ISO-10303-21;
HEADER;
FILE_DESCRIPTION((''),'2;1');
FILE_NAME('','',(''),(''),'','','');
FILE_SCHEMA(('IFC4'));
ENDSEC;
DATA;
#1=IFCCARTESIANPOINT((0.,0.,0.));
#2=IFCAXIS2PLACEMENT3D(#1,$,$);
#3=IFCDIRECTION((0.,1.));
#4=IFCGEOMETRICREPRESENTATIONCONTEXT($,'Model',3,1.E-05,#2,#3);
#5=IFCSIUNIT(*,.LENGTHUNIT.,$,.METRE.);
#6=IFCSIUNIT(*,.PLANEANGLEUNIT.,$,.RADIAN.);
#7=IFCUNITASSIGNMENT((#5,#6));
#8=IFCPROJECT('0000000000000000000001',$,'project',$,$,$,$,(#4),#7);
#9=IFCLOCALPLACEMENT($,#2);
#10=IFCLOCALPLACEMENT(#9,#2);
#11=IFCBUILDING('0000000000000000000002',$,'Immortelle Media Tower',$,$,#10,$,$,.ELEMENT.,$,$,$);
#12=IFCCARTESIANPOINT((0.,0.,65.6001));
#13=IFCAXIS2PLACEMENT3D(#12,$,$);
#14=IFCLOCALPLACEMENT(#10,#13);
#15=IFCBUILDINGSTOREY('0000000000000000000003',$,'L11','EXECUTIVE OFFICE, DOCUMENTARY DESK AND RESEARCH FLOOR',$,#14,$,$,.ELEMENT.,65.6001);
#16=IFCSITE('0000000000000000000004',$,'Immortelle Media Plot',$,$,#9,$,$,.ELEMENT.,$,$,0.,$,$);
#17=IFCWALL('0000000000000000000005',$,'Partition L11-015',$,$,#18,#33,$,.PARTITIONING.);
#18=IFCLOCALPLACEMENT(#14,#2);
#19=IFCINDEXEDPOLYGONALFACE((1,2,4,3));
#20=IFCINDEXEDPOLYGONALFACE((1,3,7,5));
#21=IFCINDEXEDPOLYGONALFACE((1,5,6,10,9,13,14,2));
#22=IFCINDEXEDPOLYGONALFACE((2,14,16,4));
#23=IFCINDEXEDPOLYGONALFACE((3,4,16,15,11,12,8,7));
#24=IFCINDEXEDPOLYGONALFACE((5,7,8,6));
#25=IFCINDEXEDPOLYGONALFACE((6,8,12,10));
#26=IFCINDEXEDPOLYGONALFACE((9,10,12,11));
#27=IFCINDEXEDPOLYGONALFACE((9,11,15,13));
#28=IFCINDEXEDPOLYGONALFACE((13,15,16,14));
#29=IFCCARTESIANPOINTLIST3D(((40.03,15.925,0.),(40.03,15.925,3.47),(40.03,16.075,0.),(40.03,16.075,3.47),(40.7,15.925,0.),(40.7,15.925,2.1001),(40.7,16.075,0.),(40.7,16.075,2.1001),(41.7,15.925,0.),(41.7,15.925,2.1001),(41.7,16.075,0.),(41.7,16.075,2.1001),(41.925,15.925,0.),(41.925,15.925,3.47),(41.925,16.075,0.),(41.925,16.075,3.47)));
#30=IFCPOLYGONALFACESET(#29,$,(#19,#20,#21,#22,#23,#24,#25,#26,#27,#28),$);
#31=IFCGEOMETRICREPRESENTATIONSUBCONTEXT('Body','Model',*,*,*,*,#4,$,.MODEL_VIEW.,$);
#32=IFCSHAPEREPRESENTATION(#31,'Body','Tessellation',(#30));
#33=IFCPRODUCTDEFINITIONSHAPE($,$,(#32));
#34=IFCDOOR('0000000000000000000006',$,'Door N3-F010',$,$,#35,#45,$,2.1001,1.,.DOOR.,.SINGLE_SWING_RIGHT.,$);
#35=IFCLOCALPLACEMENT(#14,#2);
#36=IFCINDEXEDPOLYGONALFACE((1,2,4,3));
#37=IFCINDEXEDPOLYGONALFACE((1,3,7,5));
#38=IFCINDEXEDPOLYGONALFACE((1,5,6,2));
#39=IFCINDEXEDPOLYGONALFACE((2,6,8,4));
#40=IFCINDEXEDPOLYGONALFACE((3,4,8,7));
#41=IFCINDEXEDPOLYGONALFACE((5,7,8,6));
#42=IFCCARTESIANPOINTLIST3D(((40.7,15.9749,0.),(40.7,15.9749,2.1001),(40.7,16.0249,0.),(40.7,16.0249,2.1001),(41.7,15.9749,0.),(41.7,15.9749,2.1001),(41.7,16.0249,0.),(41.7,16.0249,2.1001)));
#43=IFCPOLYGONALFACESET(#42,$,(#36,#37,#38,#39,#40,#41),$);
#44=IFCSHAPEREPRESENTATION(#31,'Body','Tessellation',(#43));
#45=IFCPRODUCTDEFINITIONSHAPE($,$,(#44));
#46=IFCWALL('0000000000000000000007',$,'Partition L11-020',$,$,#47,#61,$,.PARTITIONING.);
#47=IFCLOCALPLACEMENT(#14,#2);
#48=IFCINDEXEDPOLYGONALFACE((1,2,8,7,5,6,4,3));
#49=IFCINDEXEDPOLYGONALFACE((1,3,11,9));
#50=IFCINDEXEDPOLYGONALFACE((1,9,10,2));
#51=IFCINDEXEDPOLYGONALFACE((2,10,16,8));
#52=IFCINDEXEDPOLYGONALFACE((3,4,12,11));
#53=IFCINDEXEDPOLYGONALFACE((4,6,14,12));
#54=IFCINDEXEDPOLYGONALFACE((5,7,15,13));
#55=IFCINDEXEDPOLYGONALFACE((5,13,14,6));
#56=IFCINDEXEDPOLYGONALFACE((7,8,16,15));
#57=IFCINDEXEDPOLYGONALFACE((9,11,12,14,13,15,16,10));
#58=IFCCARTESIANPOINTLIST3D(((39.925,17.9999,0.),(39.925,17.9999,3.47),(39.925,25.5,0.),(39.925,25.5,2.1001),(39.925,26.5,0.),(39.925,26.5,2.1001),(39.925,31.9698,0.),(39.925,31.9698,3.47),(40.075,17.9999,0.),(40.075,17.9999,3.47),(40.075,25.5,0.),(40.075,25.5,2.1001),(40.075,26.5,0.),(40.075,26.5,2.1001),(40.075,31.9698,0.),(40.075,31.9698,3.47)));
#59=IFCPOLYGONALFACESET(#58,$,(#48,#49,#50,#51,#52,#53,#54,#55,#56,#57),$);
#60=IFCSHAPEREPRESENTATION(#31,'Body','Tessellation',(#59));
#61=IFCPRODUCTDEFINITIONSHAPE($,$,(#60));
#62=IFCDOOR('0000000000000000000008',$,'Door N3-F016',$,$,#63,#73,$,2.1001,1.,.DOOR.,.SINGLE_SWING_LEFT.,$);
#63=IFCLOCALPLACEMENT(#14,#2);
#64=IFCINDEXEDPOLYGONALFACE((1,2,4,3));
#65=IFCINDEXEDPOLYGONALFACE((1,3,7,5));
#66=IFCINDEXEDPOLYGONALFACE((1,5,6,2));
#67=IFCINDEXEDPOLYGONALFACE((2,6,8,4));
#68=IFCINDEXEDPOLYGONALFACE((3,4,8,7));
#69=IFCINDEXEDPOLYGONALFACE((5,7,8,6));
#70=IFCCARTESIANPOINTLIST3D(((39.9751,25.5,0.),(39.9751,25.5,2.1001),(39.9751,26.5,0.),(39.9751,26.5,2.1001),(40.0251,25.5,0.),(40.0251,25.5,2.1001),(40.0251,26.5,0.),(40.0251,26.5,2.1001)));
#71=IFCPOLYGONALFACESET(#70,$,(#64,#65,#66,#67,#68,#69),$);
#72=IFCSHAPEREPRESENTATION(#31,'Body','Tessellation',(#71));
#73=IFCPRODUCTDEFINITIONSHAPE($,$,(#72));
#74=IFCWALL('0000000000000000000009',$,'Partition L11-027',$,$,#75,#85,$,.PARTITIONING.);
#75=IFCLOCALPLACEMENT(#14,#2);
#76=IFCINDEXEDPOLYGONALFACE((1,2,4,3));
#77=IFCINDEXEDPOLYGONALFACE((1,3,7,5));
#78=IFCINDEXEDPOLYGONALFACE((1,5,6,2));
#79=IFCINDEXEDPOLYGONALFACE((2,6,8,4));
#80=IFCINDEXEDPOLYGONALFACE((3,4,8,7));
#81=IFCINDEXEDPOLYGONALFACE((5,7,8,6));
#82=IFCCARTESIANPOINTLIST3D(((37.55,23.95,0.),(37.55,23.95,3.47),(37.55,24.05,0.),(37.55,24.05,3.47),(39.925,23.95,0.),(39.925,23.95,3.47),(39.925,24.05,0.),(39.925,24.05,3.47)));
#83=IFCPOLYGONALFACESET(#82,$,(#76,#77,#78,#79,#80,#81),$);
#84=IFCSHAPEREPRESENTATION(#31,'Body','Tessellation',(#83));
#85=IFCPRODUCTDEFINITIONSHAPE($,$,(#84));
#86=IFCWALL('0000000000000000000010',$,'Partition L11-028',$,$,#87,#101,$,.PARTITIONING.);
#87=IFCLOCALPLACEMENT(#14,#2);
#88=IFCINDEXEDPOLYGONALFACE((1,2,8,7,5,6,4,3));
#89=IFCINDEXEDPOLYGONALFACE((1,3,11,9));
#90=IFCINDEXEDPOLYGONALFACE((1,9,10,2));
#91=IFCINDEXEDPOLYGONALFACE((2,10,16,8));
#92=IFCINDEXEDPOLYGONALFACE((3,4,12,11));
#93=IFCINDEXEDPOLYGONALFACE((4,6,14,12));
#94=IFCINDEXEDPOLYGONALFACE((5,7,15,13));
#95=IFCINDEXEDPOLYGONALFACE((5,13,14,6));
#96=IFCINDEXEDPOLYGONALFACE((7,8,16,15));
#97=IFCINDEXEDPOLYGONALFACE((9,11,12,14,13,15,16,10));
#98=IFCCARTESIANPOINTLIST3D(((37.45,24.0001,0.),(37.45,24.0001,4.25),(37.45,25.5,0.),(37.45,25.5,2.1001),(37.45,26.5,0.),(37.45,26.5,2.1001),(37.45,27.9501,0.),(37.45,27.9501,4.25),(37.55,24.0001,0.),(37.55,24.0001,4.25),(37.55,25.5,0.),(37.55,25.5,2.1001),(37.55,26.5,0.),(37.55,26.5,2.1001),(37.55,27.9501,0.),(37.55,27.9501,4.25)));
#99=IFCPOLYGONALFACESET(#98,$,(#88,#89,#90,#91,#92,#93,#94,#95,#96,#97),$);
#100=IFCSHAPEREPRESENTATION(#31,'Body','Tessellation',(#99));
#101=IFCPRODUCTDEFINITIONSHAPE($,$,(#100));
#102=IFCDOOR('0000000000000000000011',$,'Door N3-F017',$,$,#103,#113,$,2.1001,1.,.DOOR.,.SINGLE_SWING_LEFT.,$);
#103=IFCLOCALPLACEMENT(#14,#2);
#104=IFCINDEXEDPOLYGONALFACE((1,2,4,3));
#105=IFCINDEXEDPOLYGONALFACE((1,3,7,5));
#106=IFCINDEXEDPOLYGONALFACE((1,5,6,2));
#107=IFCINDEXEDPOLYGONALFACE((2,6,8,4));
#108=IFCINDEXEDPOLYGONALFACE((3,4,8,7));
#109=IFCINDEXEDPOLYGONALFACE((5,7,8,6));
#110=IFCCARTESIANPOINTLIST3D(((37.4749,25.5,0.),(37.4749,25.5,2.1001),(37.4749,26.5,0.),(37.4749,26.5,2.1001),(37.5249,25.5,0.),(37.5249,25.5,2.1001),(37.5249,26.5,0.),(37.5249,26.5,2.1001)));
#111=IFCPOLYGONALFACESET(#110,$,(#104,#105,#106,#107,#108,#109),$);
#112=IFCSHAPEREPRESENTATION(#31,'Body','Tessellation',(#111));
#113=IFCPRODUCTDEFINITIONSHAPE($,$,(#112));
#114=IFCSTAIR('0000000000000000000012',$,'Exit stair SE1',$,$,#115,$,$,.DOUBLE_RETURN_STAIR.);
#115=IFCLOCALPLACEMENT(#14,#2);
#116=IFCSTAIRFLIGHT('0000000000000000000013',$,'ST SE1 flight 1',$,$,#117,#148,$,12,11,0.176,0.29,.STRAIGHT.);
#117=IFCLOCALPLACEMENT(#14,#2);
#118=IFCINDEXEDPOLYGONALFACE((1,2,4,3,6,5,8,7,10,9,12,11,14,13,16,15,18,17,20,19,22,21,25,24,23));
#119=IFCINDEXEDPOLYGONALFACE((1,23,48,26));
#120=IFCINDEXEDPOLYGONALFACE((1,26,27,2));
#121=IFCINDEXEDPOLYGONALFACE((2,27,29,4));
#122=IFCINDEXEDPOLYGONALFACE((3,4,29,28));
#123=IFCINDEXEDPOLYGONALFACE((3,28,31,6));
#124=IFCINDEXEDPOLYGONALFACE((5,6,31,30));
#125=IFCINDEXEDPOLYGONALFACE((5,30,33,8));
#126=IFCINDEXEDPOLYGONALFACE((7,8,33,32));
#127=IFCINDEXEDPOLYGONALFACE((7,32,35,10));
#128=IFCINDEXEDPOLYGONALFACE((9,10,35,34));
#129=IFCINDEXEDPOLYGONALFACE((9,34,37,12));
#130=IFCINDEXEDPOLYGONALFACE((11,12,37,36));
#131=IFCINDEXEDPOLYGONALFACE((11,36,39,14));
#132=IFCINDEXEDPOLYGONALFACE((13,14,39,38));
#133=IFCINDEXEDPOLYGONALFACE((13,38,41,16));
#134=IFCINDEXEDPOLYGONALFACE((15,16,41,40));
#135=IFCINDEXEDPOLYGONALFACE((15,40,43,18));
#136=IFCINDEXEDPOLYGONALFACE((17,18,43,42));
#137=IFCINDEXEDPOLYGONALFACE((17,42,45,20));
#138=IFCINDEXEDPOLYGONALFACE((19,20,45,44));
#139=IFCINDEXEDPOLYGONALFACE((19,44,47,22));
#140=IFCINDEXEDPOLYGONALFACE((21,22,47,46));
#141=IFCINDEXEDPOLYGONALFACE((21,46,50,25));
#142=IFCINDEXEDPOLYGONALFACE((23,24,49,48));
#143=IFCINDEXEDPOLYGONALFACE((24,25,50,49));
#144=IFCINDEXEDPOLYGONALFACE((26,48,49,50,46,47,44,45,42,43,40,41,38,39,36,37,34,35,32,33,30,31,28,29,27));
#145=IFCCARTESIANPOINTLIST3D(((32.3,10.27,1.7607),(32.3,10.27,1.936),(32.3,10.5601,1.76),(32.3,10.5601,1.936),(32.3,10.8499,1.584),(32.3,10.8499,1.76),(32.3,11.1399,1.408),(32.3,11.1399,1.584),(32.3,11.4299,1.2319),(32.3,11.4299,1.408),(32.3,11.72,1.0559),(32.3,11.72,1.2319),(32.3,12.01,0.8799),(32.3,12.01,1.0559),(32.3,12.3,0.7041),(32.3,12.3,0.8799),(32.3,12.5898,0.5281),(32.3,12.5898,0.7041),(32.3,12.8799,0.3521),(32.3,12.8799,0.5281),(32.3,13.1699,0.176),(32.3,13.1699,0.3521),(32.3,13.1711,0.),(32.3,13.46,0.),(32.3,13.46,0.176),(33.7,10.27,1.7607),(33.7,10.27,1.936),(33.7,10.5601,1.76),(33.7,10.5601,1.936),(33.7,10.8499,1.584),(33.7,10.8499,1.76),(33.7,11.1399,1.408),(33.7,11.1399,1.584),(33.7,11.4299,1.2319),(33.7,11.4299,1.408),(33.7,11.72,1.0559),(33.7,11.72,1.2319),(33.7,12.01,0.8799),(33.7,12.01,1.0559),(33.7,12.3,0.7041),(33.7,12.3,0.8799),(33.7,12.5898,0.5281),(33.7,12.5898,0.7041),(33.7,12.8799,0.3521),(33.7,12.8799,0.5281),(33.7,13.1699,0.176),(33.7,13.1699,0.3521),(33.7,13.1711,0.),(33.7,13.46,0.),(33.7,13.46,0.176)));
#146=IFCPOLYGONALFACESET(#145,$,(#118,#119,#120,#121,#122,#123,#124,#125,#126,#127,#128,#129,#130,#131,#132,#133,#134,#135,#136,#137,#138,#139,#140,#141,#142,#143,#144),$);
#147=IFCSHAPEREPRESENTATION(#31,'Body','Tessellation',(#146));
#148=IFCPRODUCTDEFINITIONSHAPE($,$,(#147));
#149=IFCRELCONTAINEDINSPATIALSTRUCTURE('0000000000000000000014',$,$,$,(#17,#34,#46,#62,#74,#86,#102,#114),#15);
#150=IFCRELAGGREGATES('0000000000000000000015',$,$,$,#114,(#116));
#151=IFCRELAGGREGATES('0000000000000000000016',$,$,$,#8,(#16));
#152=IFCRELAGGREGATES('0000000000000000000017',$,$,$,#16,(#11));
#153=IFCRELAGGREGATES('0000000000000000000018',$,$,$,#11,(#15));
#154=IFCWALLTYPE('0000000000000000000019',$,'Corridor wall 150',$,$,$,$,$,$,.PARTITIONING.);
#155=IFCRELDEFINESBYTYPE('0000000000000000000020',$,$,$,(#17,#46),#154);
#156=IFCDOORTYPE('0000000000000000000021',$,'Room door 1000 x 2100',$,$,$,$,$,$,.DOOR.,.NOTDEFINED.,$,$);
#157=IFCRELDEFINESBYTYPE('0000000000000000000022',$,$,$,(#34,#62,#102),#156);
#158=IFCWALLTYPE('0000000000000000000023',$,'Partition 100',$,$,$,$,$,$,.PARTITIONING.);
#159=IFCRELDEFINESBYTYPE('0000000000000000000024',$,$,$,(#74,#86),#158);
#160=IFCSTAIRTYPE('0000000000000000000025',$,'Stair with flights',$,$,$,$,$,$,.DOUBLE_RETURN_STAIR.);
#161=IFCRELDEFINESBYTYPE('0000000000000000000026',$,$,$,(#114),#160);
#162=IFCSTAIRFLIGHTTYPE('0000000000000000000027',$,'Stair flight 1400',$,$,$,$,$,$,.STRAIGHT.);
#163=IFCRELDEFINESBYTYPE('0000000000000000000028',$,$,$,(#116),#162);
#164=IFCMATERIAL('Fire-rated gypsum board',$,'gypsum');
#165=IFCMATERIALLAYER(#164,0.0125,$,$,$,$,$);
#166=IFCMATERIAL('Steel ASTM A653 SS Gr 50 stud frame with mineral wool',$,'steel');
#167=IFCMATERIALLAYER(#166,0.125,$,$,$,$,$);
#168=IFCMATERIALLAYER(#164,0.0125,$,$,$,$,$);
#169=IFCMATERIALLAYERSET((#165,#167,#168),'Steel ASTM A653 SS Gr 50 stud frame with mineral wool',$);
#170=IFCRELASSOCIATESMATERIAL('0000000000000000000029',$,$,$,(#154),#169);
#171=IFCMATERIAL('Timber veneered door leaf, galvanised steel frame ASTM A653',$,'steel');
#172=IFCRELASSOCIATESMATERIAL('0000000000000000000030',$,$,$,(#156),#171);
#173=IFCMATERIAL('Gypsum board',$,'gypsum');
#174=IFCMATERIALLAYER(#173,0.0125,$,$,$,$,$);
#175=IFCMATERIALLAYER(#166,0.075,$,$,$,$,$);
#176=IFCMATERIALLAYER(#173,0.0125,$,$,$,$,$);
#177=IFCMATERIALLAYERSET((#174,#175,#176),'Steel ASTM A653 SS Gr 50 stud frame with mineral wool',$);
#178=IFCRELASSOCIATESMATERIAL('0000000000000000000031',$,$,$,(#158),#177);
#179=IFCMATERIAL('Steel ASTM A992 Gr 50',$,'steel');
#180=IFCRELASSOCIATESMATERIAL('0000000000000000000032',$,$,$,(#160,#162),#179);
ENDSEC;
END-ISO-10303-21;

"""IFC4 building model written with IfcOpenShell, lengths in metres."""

from ifc_helpers import new_model, si_unit, direction, frame, frame_2d, origin, place, context, subcontext, project, spatial, polyline, rectangle, outline, extrude, material, layer, layer_set, type_object, element, fill, aggregate, save


model = new_model("IFC4")

# Units and contexts
model_context = context("Model", 3, precision=1e-05, world=origin(), true_north=direction((0.0, 1.0)))
body_context = subcontext(model_context, "Body", "Model", "MODEL_VIEW")
ifc_project = project(units=[si_unit("LENGTHUNIT", "METRE"), si_unit("PLANEANGLEUNIT", "RADIAN")], contexts=[model_context])

# Site, building, storey
site_placement = place(None, origin())
site = spatial("IfcSite", under=ifc_project, at=site_placement, Name="Immortelle Media Plot", CompositionType="ELEMENT", RefElevation=0.0)
building_placement = place(site_placement, origin())
building = spatial("IfcBuilding", under=site, at=building_placement, Name="Immortelle Media Tower", CompositionType="ELEMENT")
storey_placement = place(building_placement, frame((0.0, 0.0, 65.6001)))
storey = spatial("IfcBuildingStorey", under=building, at=storey_placement, Name="L11", Description="EXECUTIVE OFFICE, DOCUMENTARY DESK AND RESEARCH FLOOR", CompositionType="ELEMENT", Elevation=65.6001)

# Shared definitions
ifc_material_1 = material(Name="Steel ASTM A992 Gr 50", Category="steel")

# Walls, openings, doors
ifc_material_2 = material(Name="Fire-rated gypsum board", Category="gypsum")
ifc_layer_1 = layer(ifc_material_2, 0.0125)
ifc_material_3 = material(Name="Steel ASTM A653 SS Gr 50 stud frame with mineral wool", Category="steel")
ifc_layer_2 = layer(ifc_material_3, 0.125)
ifc_layer_3 = layer(ifc_material_2, 0.0125)
ifc_layer_set_1 = layer_set([ifc_layer_1, ifc_layer_2, ifc_layer_3], Name="Steel ASTM A653 SS Gr 50 stud frame with mineral wool")
wall_type_1 = type_object("IfcWallType", Name="Corridor wall 150", PredefinedType="PARTITIONING", material=ifc_layer_set_1)
wall_1_placement = place(storey_placement, frame((40.03, 16.0, 0.0), z_axis=(0.0, 0.0, 1.0), x_axis=(1.0, 0.0, 0.0)))
wall_1 = element("IfcWall", 1, at=wall_1_placement, inside=storey, type_object=wall_type_1, Name="Partition L11-015", PredefinedType="PARTITIONING", context=body_context, shape_type="SweptSolid", body=[
    extrude(rectangle(XDim=1.895, YDim=0.1499, at=frame_2d((0.9475, 0.0))), origin(), (0.0, 0.0, 1.0), 3.47),
])
opening_1_placement = place(wall_1_placement, frame((0.6699, 0.0, 0.0)))
opening_1 = element("IfcOpeningElement", 2, at=opening_1_placement, cuts=wall_1, PredefinedType="OPENING", context=body_context, shape_type="SweptSolid", body=[
    extrude(rectangle(XDim=1.0, YDim=2.1001, at=frame_2d((0.5, 1.05))), frame((0.0, 0.085, 0.0), z_axis=(0.0, -1.0, 0.0), x_axis=(1.0, 0.0, 0.0)), (0.0, 0.0, 1.0), 0.1699),
])
ifc_material_4 = material(Name="Timber veneered door leaf, galvanised steel frame ASTM A653", Category="steel")
door_type = type_object("IfcDoorType", Name="Room door 1000 x 2100", OperationType="NOTDEFINED", PredefinedType="DOOR", material=ifc_material_4)
door_1_placement = place(opening_1_placement, origin())
door_1 = element("IfcDoor", 3, at=door_1_placement, inside=storey, type_object=door_type, Name="Door N3-F010", OperationType="SINGLE_SWING_RIGHT", OverallHeight=2.1001, OverallWidth=1.0, PredefinedType="DOOR", context=body_context, shape_type="SweptSolid", body=[
    extrude(rectangle(XDim=1.0, YDim=2.1001, at=frame_2d((0.5, 1.05))), frame((0.0, 0.0249, 0.0), z_axis=(0.0, -1.0, 0.0), x_axis=(1.0, 0.0, 0.0)), (0.0, 0.0, 1.0), 0.05),
])
fill(opening_1, door_1)
wall_2_placement = place(storey_placement, frame((40.0, 18.0, 0.0), z_axis=(0.0, 0.0, 1.0), x_axis=(0.0, 1.0, 0.0)))
wall_2 = element("IfcWall", 4, at=wall_2_placement, inside=storey, type_object=wall_type_1, Name="Partition L11-020", PredefinedType="PARTITIONING", context=body_context, shape_type="SweptSolid", body=[
    extrude(rectangle(XDim=13.97, YDim=0.1499, at=frame_2d((6.9849, 0.0))), origin(), (0.0, 0.0, 1.0), 3.47),
])
opening_2_placement = place(wall_2_placement, frame((7.5, 0.0, 0.0)))
opening_2 = element("IfcOpeningElement", 5, at=opening_2_placement, cuts=wall_2, PredefinedType="OPENING", context=body_context, shape_type="SweptSolid", body=[
    extrude(rectangle(XDim=1.0, YDim=2.1001, at=frame_2d((0.5, 1.05))), frame((0.0, 0.085, 0.0), z_axis=(0.0, -1.0, 0.0), x_axis=(1.0, 0.0, 0.0)), (0.0, 0.0, 1.0), 0.1699),
])
door_2_placement = place(opening_2_placement, origin())
door_2 = element("IfcDoor", 6, at=door_2_placement, inside=storey, type_object=door_type, Name="Door N3-F016", OperationType="SINGLE_SWING_LEFT", OverallHeight=2.1001, OverallWidth=1.0, PredefinedType="DOOR", context=body_context, shape_type="SweptSolid", body=[
    extrude(rectangle(XDim=1.0, YDim=2.1001, at=frame_2d((0.5, 1.05))), frame((0.0, 0.0249, 0.0), z_axis=(0.0, -1.0, 0.0), x_axis=(1.0, 0.0, 0.0)), (0.0, 0.0, 1.0), 0.05),
])
fill(opening_2, door_2)

# Wall
ifc_material_5 = material(Name="Gypsum board", Category="gypsum")
ifc_layer_4 = layer(ifc_material_5, 0.0125)
ifc_layer_5 = layer(ifc_material_3, 0.075)
ifc_layer_6 = layer(ifc_material_5, 0.0125)
ifc_layer_set_2 = layer_set([ifc_layer_4, ifc_layer_5, ifc_layer_6], Name="Steel ASTM A653 SS Gr 50 stud frame with mineral wool")
wall_type_2 = type_object("IfcWallType", Name="Partition 100", PredefinedType="PARTITIONING", material=ifc_layer_set_2)
wall_3_placement = place(storey_placement, frame((37.55, 24.0, 0.0), z_axis=(0.0, 0.0, 1.0), x_axis=(1.0, 0.0, 0.0)))
element("IfcWall", 7, at=wall_3_placement, inside=storey, type_object=wall_type_2, Name="Partition L11-027", PredefinedType="PARTITIONING", context=body_context, shape_type="SweptSolid", body=[
    extrude(rectangle(XDim=2.375, YDim=0.1001, at=frame_2d((1.1875, 0.0))), origin(), (0.0, 0.0, 1.0), 3.47),
])

# Wall, opening, door
wall_4_placement = place(storey_placement, frame((37.5, 24.0, 0.0), z_axis=(0.0, 0.0, 1.0), x_axis=(0.0, 1.0, 0.0)))
wall_4 = element("IfcWall", 8, at=wall_4_placement, inside=storey, type_object=wall_type_2, Name="Partition L11-028", PredefinedType="PARTITIONING", context=body_context, shape_type="SweptSolid", body=[
    extrude(rectangle(XDim=3.95, YDim=0.1001, at=frame_2d((1.9751, 0.0))), origin(), (0.0, 0.0, 1.0), 4.25),
])
opening_3_placement = place(wall_4_placement, frame((2.5, 0.0, 0.0), z_axis=(0.0, 0.0, 1.0), x_axis=(-1.0, 0.0, 0.0)))
opening_3 = element("IfcOpeningElement", 9, at=opening_3_placement, cuts=wall_4, PredefinedType="OPENING", context=body_context, shape_type="SweptSolid", body=[
    extrude(rectangle(XDim=1.0, YDim=2.1001, at=frame_2d((0.5, 1.05))), frame((0.0, 0.0601, 0.0), z_axis=(0.0, -1.0, 0.0), x_axis=(1.0, 0.0, 0.0)), (0.0, 0.0, 1.0), 0.1201),
])
door_3_placement = place(opening_3_placement, origin())
door_3 = element("IfcDoor", 10, at=door_3_placement, inside=storey, type_object=door_type, Name="Door N3-F017", OperationType="SINGLE_SWING_LEFT", OverallHeight=2.1001, OverallWidth=1.0, PredefinedType="DOOR", context=body_context, shape_type="SweptSolid", body=[
    extrude(rectangle(XDim=1.0, YDim=2.1001, at=frame_2d((0.5, 1.05))), frame((0.0, 0.0249, 0.0), z_axis=(0.0, -1.0, 0.0), x_axis=(1.0, 0.0, 0.0)), (0.0, 0.0, 1.0), 0.05),
])
fill(opening_3, door_3)

# Stair, stair flight
stair_type = type_object("IfcStairType", Name="Stair with flights", PredefinedType="DOUBLE_RETURN_STAIR", material=ifc_material_1)
stair_1_placement = place(storey_placement, origin())
stair_1 = element("IfcStair", 11, at=stair_1_placement, inside=storey, type_object=stair_type, Name="Exit stair SE1", PredefinedType="DOUBLE_RETURN_STAIR")
stair_flight_type = type_object("IfcStairFlightType", Name="Stair flight 1400", PredefinedType="STRAIGHT", material=ifc_material_1)
stair_flight_1_placement = place(storey_placement, frame((33.0, 13.46, 0.0), z_axis=(0.0, 0.0, 1.0), x_axis=(0.0, -1.0, 0.0)))
stair_flight_1 = element("IfcStairFlight", 12, at=stair_flight_1_placement, type_object=stair_flight_type, Name="ST SE1 flight 1", NumberOfRisers=12, NumberOfTreads=11, PredefinedType="STRAIGHT", RiserHeight=0.176, TreadLength=0.29, context=body_context, shape_type="SweptSolid", body=[
    extrude(outline(polyline([(0.0, 0.0), (0.0, 0.176), (0.29, 0.176), (0.29, 0.3521), (0.5801, 0.3521), (0.5801, 0.5281), (0.8701, 0.5281), (0.8701, 0.7041), (1.1599, 0.7041), (1.1599, 0.8799), (1.45, 0.8799), (1.45, 1.0559), (1.74, 1.0559), (1.74, 1.2319), (2.03, 1.2319), (2.03, 1.408), (2.3201, 1.408), (2.3201, 1.584), (2.6101, 1.584), (2.6101, 1.76), (2.8999, 1.76), (2.8999, 1.936), (3.1899, 1.936), (3.1899, 2.1121), (3.1899, 1.7607), (0.2888, 0.0), (0.0, 0.0)])), frame((0.0, 0.7, 0.0), z_axis=(0.0, -1.0, 0.0), x_axis=(1.0, 0.0, 0.0)), (0.0, 0.0, 1.0), 1.3999),
])
aggregate(stair_1, [stair_flight_1])

save(model, "model.ifc")
